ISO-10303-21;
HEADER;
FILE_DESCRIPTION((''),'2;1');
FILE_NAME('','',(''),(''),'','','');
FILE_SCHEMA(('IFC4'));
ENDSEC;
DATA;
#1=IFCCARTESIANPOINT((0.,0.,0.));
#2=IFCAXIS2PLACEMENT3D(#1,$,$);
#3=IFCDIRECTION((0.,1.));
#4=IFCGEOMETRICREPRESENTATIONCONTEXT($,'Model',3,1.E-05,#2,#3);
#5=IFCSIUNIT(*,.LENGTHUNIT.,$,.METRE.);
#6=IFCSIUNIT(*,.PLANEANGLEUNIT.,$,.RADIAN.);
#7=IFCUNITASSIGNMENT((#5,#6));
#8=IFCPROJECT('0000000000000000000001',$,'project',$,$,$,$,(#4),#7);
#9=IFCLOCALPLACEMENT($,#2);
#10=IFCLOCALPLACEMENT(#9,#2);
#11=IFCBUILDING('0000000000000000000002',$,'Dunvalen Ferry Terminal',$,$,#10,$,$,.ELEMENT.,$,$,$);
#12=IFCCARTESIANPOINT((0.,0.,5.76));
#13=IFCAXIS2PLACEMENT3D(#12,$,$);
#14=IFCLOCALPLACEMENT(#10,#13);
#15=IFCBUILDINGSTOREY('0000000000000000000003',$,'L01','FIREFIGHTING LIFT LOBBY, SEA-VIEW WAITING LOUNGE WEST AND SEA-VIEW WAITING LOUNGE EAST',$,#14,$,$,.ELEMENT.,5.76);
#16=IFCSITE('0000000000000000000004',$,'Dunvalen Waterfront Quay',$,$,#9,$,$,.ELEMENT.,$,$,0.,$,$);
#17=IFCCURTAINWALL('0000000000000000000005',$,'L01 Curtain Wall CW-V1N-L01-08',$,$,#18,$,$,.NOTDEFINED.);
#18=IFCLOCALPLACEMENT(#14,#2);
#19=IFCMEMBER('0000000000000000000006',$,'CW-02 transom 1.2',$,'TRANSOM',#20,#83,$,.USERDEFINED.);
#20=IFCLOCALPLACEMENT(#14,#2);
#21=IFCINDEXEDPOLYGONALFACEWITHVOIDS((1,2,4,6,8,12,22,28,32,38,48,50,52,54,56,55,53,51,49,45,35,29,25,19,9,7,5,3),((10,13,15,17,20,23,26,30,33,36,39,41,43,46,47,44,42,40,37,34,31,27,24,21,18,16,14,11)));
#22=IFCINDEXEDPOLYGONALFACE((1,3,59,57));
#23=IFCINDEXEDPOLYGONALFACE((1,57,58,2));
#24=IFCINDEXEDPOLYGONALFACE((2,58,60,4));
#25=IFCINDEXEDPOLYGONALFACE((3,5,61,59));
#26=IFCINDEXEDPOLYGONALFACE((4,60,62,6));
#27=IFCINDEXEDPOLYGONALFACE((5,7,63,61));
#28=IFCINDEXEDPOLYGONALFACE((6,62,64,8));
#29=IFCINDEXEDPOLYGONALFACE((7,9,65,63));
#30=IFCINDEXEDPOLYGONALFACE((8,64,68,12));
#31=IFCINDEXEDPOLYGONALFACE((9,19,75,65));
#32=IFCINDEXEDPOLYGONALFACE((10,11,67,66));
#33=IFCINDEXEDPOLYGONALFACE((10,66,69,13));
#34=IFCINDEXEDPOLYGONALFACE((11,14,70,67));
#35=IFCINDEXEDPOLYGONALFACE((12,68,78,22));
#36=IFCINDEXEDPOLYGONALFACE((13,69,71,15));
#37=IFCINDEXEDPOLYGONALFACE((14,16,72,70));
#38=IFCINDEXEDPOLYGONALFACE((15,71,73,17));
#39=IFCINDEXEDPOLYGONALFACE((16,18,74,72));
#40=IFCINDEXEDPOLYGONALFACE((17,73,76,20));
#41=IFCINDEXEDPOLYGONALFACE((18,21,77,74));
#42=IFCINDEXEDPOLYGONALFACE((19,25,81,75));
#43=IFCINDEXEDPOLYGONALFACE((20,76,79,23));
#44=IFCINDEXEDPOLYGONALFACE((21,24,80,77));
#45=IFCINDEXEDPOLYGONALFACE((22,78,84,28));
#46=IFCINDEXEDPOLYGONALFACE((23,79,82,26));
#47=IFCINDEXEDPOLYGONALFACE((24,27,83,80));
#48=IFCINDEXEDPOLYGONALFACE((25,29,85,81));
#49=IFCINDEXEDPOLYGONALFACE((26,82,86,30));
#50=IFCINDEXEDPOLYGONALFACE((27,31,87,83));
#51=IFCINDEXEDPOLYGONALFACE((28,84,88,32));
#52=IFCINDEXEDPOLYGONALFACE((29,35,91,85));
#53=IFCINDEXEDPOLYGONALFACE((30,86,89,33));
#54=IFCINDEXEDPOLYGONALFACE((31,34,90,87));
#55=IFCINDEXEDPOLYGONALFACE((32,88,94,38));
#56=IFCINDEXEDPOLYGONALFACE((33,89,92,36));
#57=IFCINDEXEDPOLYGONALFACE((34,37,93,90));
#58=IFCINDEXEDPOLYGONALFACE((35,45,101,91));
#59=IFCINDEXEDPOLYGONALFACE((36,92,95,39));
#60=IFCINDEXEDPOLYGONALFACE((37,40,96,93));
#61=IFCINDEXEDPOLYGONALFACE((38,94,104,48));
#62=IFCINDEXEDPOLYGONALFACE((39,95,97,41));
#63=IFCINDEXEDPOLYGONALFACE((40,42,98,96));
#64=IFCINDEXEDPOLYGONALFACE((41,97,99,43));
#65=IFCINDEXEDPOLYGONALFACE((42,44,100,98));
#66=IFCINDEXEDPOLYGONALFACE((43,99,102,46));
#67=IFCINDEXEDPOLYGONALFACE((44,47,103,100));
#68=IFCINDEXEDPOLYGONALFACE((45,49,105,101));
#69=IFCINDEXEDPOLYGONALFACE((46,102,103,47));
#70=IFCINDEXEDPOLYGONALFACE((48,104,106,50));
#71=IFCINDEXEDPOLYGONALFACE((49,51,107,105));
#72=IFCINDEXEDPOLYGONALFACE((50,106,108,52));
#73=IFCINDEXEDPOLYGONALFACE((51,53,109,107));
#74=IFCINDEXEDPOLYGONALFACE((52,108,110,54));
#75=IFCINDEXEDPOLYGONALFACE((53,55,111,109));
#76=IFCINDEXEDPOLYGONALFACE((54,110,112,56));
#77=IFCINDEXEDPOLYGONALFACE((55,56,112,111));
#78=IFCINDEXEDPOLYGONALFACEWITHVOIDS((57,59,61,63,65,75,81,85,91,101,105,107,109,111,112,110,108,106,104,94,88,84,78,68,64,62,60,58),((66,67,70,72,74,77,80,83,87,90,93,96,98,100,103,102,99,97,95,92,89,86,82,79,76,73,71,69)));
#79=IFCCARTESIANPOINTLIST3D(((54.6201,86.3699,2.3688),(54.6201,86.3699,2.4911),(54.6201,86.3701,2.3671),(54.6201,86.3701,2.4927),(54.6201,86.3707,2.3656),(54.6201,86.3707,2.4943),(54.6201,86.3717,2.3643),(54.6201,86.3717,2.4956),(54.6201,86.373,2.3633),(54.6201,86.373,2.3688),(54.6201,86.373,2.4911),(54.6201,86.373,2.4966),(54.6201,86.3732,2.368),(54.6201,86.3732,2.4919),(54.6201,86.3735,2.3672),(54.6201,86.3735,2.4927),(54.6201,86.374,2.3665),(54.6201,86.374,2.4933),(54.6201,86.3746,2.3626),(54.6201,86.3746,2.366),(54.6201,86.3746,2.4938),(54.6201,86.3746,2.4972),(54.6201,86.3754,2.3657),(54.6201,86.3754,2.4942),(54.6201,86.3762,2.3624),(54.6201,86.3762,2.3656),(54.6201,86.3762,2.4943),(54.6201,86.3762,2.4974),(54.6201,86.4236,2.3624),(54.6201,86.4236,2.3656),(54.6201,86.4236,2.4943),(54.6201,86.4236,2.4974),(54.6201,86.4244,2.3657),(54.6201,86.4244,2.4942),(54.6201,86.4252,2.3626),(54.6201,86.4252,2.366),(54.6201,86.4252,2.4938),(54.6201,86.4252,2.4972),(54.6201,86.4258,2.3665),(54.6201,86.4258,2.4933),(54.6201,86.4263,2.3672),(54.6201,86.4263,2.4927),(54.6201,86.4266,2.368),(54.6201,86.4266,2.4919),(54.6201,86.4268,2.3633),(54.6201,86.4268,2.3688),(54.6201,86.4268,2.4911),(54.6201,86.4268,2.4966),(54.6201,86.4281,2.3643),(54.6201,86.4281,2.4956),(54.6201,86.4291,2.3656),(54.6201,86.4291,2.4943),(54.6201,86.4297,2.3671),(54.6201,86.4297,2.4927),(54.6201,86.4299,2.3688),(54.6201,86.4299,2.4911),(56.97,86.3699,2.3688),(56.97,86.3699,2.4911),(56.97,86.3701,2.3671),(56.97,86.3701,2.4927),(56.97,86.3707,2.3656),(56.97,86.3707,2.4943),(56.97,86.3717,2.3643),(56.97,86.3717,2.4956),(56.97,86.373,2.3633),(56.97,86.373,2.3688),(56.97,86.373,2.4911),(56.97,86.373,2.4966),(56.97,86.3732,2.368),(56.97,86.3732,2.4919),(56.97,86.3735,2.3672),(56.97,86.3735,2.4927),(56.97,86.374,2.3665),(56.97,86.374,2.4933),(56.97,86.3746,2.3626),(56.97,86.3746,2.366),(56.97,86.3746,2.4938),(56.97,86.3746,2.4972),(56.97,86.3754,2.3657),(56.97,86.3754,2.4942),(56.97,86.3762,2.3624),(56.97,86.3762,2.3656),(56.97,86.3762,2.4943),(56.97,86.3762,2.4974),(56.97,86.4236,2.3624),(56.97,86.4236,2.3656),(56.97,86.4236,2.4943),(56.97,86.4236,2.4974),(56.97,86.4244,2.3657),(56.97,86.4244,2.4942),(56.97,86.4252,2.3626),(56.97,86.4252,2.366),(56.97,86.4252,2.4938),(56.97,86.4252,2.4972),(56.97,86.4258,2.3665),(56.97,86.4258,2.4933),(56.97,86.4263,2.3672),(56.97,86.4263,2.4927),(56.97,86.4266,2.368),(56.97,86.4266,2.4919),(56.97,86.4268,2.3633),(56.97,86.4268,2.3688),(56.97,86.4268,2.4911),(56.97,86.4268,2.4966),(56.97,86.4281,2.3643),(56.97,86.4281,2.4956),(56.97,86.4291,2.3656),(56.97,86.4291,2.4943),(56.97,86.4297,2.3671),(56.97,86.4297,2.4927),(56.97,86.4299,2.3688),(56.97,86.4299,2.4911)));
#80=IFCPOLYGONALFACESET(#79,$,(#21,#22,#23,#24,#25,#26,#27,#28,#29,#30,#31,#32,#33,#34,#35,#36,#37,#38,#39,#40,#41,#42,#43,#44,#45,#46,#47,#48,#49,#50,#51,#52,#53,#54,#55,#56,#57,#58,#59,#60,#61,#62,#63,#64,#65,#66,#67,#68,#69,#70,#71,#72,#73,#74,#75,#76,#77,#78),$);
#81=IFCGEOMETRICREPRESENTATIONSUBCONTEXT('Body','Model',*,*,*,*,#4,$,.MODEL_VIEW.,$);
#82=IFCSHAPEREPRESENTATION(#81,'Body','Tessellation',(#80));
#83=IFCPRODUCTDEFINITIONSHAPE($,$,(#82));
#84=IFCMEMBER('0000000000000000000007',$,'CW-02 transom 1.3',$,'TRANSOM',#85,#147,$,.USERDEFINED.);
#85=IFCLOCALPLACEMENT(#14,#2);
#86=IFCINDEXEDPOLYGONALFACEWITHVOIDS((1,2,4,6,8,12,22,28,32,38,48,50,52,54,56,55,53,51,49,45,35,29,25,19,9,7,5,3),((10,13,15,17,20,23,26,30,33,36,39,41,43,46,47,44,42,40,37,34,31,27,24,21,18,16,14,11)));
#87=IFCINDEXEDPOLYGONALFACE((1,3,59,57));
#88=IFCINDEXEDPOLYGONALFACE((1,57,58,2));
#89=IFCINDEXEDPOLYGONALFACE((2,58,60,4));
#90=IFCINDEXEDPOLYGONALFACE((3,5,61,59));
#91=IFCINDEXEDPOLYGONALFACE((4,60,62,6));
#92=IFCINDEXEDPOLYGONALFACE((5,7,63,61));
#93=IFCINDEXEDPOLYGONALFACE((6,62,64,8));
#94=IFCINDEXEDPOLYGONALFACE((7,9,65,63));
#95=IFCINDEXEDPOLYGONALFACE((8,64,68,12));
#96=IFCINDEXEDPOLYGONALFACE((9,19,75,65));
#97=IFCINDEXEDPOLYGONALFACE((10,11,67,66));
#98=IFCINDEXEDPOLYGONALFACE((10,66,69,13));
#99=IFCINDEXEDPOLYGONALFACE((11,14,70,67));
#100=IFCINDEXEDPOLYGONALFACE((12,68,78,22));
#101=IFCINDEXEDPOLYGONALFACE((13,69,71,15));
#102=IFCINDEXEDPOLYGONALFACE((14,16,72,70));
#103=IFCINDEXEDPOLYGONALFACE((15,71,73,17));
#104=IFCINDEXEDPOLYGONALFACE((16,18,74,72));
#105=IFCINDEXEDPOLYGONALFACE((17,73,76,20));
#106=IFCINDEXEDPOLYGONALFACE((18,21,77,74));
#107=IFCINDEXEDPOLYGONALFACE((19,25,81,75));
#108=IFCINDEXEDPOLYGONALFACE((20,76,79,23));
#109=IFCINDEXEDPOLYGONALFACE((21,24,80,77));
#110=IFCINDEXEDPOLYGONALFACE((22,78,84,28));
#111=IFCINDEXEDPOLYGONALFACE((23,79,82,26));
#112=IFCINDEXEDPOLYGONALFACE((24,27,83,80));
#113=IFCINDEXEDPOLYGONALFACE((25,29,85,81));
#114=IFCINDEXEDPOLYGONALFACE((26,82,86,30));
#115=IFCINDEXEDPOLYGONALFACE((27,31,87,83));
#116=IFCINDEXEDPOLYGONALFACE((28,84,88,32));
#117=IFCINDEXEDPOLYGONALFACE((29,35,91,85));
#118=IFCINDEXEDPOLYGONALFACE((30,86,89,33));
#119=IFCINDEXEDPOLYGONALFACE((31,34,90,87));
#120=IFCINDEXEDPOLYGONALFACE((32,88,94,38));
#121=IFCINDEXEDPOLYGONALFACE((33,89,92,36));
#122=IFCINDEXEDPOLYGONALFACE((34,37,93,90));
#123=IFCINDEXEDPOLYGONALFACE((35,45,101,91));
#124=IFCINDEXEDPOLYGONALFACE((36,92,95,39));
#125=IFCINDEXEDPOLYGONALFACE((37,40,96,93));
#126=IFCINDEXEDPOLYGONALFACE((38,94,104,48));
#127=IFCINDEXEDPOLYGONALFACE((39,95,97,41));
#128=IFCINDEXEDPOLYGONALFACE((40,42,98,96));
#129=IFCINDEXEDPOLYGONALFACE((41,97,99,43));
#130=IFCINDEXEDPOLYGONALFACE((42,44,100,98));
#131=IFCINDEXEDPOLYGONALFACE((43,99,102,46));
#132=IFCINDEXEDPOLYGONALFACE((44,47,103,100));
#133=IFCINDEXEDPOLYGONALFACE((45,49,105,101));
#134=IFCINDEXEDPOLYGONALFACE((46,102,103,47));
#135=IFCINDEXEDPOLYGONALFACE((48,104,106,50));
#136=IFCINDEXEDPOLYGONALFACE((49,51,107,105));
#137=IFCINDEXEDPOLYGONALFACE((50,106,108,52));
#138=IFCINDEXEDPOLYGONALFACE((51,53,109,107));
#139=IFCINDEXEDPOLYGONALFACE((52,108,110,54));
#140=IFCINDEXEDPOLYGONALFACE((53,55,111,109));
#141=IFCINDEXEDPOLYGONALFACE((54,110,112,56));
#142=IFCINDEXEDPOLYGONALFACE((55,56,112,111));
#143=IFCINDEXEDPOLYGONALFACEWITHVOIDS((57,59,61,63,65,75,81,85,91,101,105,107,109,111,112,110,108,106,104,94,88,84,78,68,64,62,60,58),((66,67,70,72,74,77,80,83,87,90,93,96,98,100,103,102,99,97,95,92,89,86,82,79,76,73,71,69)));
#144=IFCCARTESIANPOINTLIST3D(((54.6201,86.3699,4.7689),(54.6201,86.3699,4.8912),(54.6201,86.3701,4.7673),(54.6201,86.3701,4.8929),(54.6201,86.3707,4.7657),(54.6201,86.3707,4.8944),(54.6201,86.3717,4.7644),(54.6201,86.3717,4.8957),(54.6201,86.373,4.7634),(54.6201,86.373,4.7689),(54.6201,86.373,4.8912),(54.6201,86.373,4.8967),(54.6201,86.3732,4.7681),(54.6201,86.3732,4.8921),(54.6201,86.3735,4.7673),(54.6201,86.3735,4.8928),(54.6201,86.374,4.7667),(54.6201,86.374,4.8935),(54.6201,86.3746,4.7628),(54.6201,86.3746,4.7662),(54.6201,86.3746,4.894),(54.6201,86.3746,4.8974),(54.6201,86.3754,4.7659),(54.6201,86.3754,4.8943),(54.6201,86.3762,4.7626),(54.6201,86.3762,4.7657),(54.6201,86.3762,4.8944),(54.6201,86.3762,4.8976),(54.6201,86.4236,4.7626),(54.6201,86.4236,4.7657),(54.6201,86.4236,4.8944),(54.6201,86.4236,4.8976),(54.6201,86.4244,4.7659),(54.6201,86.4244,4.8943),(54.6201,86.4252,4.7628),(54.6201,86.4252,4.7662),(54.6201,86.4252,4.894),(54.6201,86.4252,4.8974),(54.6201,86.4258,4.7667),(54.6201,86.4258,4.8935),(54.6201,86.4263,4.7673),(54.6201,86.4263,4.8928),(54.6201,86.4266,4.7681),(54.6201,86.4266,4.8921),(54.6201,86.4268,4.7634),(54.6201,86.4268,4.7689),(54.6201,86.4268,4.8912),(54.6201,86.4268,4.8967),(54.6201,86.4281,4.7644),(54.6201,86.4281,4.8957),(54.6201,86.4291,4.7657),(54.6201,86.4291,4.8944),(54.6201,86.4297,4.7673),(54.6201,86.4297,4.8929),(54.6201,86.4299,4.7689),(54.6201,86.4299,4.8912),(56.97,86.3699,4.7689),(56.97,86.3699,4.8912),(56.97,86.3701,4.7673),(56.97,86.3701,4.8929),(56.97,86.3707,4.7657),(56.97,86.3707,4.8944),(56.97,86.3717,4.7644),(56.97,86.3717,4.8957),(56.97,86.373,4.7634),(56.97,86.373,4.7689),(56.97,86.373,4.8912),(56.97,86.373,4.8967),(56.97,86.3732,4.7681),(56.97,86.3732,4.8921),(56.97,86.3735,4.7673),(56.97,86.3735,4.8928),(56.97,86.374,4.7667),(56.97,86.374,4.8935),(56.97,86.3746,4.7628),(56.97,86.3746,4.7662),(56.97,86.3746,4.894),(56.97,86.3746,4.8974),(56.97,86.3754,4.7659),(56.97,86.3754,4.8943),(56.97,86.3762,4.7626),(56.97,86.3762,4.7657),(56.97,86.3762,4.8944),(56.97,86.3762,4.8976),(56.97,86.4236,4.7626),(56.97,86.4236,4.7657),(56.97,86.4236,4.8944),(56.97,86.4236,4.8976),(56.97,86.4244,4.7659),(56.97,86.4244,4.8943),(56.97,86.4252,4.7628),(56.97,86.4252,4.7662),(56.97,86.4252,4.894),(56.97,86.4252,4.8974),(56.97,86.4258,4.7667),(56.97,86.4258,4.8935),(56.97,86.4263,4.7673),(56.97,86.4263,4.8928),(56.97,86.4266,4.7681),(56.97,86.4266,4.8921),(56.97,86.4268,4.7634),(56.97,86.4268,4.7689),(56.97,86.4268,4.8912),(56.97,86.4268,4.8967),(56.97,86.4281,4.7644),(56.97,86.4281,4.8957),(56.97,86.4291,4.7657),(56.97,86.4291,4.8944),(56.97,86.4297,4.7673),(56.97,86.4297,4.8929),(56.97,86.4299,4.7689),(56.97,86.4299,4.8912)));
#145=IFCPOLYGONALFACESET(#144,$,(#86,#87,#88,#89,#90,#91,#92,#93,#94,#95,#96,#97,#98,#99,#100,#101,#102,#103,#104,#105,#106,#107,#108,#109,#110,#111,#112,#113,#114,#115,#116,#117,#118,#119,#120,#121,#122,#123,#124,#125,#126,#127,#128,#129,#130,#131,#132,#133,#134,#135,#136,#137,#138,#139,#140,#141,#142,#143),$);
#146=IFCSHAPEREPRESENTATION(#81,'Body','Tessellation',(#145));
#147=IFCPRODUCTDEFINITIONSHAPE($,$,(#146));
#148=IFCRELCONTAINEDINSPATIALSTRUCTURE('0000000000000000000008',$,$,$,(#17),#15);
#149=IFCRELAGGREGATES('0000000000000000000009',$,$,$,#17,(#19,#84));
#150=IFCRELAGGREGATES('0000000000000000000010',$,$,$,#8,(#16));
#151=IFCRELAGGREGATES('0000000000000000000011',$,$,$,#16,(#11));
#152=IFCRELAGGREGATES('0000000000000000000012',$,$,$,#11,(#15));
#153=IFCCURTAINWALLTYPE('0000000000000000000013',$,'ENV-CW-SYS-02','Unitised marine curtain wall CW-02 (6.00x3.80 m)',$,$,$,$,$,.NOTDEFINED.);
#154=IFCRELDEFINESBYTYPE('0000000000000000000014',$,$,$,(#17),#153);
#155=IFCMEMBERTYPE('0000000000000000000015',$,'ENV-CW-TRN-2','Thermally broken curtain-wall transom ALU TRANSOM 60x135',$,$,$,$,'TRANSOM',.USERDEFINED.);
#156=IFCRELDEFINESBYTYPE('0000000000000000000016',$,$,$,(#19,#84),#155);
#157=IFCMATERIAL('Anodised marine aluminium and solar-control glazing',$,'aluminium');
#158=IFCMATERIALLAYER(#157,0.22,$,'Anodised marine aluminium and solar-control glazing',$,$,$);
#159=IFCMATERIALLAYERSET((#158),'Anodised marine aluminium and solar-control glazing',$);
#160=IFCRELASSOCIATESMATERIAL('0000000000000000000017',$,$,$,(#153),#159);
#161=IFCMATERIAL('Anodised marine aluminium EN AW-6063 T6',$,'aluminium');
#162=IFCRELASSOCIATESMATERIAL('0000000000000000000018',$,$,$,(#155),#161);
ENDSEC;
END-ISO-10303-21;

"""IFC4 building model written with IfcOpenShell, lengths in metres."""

from ifc_helpers import new_model, si_unit, direction, frame, origin, origin_2d, place, context, subcontext, project, spatial, hollow_rectangle, extrude, material, layer, layer_set, material_profile, profile_set, type_object, element, aggregate, save


model = new_model("IFC4")

# Units and contexts
model_context = context("Model", 3, precision=1e-05, world=origin(), true_north=direction((0.0, 1.0)))
body_context = subcontext(model_context, "Body", "Model", "MODEL_VIEW")
ifc_project = project(units=[si_unit("LENGTHUNIT", "METRE"), si_unit("PLANEANGLEUNIT", "RADIAN")], contexts=[model_context])

# Site, building, storey
site_placement = place(None, origin())
site = spatial("IfcSite", under=ifc_project, at=site_placement, Name="Dunvalen Waterfront Quay", CompositionType="ELEMENT", RefElevation=0.0)
building_placement = place(site_placement, origin())
building = spatial("IfcBuilding", under=site, at=building_placement, Name="Dunvalen Ferry Terminal", CompositionType="ELEMENT")
storey_placement = place(building_placement, frame((0.0, 0.0, 5.76)))
storey = spatial("IfcBuildingStorey", under=building, at=storey_placement, Name="L01", Description="FIREFIGHTING LIFT LOBBY, SEA-VIEW WAITING LOUNGE WEST AND SEA-VIEW WAITING LOUNGE EAST", CompositionType="ELEMENT", Elevation=5.76)

# Shared definitions
ifc_material_1 = material(Name="Anodised marine aluminium and solar-control glazing", Category="aluminium")
ifc_layer_1 = layer(ifc_material_1, 0.22, Name="Anodised marine aluminium and solar-control glazing")
ifc_layer_set_1 = layer_set([ifc_layer_1], Name="Anodised marine aluminium and solar-control glazing")
curtain_wall_type = type_object("IfcCurtainWallType", Name="ENV-CW-SYS-02", Description="Unitised marine curtain wall CW-02 (6.00x3.80 m)", PredefinedType="NOTDEFINED", material=ifc_layer_set_1)
ifc_material_2 = material(Name="Anodised marine aluminium EN AW-6063 T6", Category="aluminium")

# Curtain wall
curtain_wall_1_placement = place(storey_placement, origin())
curtain_wall_1 = element("IfcCurtainWall", 1, at=curtain_wall_1_placement, inside=storey, type_object=curtain_wall_type, Name="L01 Curtain Wall CW-V1N-L01-08", PredefinedType="NOTDEFINED")

# Members
ifc_material_profile_1 = material_profile(ifc_material_2, hollow_rectangle(XDim=0.0601, YDim=0.135, WallThickness=0.0032, InnerFilletRadius=0.0032, OuterFilletRadius=0.0063, at=origin_2d()), Name="Anodised marine aluminium EN AW-6063 T6")
ifc_profile_set_1 = profile_set([ifc_material_profile_1], Name="Anodised marine aluminium EN AW-6063 T6")
member_type_1 = type_object("IfcMemberType", Name="ENV-CW-TRN-2", Description="Thermally broken curtain-wall transom ALU TRANSOM 60x135", ElementType="TRANSOM", PredefinedType="USERDEFINED", material=ifc_profile_set_1)
member_1_placement = place(storey_placement, frame((54.6201, 86.3999, 2.4299), z_axis=(1.0, 0.0, 0.0), x_axis=(0.0, 1.0, 0.0)))
member_1 = element("IfcMember", 2, at=member_1_placement, type_object=member_type_1, Name="CW-02 transom 1.2", ObjectType="TRANSOM", PredefinedType="USERDEFINED", context=body_context, shape_type="SweptSolid", body=[
    extrude(hollow_rectangle(XDim=0.0601, YDim=0.135, WallThickness=0.0032, InnerFilletRadius=0.0032, OuterFilletRadius=0.0063, at=origin_2d()), origin(), (0.0, 0.0, 1.0), 2.3499),
])
member_2_placement = place(storey_placement, frame((54.6201, 86.3999, 4.8301), z_axis=(1.0, 0.0, 0.0), x_axis=(0.0, 1.0, 0.0)))
member_2 = element("IfcMember", 3, at=member_2_placement, type_object=member_type_1, Name="CW-02 transom 1.3", ObjectType="TRANSOM", PredefinedType="USERDEFINED", context=body_context, shape_type="SweptSolid", body=[
    extrude(hollow_rectangle(XDim=0.0601, YDim=0.135, WallThickness=0.0032, InnerFilletRadius=0.0032, OuterFilletRadius=0.0063, at=origin_2d()), origin(), (0.0, 0.0, 1.0), 2.3499),
])

aggregate(curtain_wall_1, [member_1, member_2])

save(model, "model.ifc")
